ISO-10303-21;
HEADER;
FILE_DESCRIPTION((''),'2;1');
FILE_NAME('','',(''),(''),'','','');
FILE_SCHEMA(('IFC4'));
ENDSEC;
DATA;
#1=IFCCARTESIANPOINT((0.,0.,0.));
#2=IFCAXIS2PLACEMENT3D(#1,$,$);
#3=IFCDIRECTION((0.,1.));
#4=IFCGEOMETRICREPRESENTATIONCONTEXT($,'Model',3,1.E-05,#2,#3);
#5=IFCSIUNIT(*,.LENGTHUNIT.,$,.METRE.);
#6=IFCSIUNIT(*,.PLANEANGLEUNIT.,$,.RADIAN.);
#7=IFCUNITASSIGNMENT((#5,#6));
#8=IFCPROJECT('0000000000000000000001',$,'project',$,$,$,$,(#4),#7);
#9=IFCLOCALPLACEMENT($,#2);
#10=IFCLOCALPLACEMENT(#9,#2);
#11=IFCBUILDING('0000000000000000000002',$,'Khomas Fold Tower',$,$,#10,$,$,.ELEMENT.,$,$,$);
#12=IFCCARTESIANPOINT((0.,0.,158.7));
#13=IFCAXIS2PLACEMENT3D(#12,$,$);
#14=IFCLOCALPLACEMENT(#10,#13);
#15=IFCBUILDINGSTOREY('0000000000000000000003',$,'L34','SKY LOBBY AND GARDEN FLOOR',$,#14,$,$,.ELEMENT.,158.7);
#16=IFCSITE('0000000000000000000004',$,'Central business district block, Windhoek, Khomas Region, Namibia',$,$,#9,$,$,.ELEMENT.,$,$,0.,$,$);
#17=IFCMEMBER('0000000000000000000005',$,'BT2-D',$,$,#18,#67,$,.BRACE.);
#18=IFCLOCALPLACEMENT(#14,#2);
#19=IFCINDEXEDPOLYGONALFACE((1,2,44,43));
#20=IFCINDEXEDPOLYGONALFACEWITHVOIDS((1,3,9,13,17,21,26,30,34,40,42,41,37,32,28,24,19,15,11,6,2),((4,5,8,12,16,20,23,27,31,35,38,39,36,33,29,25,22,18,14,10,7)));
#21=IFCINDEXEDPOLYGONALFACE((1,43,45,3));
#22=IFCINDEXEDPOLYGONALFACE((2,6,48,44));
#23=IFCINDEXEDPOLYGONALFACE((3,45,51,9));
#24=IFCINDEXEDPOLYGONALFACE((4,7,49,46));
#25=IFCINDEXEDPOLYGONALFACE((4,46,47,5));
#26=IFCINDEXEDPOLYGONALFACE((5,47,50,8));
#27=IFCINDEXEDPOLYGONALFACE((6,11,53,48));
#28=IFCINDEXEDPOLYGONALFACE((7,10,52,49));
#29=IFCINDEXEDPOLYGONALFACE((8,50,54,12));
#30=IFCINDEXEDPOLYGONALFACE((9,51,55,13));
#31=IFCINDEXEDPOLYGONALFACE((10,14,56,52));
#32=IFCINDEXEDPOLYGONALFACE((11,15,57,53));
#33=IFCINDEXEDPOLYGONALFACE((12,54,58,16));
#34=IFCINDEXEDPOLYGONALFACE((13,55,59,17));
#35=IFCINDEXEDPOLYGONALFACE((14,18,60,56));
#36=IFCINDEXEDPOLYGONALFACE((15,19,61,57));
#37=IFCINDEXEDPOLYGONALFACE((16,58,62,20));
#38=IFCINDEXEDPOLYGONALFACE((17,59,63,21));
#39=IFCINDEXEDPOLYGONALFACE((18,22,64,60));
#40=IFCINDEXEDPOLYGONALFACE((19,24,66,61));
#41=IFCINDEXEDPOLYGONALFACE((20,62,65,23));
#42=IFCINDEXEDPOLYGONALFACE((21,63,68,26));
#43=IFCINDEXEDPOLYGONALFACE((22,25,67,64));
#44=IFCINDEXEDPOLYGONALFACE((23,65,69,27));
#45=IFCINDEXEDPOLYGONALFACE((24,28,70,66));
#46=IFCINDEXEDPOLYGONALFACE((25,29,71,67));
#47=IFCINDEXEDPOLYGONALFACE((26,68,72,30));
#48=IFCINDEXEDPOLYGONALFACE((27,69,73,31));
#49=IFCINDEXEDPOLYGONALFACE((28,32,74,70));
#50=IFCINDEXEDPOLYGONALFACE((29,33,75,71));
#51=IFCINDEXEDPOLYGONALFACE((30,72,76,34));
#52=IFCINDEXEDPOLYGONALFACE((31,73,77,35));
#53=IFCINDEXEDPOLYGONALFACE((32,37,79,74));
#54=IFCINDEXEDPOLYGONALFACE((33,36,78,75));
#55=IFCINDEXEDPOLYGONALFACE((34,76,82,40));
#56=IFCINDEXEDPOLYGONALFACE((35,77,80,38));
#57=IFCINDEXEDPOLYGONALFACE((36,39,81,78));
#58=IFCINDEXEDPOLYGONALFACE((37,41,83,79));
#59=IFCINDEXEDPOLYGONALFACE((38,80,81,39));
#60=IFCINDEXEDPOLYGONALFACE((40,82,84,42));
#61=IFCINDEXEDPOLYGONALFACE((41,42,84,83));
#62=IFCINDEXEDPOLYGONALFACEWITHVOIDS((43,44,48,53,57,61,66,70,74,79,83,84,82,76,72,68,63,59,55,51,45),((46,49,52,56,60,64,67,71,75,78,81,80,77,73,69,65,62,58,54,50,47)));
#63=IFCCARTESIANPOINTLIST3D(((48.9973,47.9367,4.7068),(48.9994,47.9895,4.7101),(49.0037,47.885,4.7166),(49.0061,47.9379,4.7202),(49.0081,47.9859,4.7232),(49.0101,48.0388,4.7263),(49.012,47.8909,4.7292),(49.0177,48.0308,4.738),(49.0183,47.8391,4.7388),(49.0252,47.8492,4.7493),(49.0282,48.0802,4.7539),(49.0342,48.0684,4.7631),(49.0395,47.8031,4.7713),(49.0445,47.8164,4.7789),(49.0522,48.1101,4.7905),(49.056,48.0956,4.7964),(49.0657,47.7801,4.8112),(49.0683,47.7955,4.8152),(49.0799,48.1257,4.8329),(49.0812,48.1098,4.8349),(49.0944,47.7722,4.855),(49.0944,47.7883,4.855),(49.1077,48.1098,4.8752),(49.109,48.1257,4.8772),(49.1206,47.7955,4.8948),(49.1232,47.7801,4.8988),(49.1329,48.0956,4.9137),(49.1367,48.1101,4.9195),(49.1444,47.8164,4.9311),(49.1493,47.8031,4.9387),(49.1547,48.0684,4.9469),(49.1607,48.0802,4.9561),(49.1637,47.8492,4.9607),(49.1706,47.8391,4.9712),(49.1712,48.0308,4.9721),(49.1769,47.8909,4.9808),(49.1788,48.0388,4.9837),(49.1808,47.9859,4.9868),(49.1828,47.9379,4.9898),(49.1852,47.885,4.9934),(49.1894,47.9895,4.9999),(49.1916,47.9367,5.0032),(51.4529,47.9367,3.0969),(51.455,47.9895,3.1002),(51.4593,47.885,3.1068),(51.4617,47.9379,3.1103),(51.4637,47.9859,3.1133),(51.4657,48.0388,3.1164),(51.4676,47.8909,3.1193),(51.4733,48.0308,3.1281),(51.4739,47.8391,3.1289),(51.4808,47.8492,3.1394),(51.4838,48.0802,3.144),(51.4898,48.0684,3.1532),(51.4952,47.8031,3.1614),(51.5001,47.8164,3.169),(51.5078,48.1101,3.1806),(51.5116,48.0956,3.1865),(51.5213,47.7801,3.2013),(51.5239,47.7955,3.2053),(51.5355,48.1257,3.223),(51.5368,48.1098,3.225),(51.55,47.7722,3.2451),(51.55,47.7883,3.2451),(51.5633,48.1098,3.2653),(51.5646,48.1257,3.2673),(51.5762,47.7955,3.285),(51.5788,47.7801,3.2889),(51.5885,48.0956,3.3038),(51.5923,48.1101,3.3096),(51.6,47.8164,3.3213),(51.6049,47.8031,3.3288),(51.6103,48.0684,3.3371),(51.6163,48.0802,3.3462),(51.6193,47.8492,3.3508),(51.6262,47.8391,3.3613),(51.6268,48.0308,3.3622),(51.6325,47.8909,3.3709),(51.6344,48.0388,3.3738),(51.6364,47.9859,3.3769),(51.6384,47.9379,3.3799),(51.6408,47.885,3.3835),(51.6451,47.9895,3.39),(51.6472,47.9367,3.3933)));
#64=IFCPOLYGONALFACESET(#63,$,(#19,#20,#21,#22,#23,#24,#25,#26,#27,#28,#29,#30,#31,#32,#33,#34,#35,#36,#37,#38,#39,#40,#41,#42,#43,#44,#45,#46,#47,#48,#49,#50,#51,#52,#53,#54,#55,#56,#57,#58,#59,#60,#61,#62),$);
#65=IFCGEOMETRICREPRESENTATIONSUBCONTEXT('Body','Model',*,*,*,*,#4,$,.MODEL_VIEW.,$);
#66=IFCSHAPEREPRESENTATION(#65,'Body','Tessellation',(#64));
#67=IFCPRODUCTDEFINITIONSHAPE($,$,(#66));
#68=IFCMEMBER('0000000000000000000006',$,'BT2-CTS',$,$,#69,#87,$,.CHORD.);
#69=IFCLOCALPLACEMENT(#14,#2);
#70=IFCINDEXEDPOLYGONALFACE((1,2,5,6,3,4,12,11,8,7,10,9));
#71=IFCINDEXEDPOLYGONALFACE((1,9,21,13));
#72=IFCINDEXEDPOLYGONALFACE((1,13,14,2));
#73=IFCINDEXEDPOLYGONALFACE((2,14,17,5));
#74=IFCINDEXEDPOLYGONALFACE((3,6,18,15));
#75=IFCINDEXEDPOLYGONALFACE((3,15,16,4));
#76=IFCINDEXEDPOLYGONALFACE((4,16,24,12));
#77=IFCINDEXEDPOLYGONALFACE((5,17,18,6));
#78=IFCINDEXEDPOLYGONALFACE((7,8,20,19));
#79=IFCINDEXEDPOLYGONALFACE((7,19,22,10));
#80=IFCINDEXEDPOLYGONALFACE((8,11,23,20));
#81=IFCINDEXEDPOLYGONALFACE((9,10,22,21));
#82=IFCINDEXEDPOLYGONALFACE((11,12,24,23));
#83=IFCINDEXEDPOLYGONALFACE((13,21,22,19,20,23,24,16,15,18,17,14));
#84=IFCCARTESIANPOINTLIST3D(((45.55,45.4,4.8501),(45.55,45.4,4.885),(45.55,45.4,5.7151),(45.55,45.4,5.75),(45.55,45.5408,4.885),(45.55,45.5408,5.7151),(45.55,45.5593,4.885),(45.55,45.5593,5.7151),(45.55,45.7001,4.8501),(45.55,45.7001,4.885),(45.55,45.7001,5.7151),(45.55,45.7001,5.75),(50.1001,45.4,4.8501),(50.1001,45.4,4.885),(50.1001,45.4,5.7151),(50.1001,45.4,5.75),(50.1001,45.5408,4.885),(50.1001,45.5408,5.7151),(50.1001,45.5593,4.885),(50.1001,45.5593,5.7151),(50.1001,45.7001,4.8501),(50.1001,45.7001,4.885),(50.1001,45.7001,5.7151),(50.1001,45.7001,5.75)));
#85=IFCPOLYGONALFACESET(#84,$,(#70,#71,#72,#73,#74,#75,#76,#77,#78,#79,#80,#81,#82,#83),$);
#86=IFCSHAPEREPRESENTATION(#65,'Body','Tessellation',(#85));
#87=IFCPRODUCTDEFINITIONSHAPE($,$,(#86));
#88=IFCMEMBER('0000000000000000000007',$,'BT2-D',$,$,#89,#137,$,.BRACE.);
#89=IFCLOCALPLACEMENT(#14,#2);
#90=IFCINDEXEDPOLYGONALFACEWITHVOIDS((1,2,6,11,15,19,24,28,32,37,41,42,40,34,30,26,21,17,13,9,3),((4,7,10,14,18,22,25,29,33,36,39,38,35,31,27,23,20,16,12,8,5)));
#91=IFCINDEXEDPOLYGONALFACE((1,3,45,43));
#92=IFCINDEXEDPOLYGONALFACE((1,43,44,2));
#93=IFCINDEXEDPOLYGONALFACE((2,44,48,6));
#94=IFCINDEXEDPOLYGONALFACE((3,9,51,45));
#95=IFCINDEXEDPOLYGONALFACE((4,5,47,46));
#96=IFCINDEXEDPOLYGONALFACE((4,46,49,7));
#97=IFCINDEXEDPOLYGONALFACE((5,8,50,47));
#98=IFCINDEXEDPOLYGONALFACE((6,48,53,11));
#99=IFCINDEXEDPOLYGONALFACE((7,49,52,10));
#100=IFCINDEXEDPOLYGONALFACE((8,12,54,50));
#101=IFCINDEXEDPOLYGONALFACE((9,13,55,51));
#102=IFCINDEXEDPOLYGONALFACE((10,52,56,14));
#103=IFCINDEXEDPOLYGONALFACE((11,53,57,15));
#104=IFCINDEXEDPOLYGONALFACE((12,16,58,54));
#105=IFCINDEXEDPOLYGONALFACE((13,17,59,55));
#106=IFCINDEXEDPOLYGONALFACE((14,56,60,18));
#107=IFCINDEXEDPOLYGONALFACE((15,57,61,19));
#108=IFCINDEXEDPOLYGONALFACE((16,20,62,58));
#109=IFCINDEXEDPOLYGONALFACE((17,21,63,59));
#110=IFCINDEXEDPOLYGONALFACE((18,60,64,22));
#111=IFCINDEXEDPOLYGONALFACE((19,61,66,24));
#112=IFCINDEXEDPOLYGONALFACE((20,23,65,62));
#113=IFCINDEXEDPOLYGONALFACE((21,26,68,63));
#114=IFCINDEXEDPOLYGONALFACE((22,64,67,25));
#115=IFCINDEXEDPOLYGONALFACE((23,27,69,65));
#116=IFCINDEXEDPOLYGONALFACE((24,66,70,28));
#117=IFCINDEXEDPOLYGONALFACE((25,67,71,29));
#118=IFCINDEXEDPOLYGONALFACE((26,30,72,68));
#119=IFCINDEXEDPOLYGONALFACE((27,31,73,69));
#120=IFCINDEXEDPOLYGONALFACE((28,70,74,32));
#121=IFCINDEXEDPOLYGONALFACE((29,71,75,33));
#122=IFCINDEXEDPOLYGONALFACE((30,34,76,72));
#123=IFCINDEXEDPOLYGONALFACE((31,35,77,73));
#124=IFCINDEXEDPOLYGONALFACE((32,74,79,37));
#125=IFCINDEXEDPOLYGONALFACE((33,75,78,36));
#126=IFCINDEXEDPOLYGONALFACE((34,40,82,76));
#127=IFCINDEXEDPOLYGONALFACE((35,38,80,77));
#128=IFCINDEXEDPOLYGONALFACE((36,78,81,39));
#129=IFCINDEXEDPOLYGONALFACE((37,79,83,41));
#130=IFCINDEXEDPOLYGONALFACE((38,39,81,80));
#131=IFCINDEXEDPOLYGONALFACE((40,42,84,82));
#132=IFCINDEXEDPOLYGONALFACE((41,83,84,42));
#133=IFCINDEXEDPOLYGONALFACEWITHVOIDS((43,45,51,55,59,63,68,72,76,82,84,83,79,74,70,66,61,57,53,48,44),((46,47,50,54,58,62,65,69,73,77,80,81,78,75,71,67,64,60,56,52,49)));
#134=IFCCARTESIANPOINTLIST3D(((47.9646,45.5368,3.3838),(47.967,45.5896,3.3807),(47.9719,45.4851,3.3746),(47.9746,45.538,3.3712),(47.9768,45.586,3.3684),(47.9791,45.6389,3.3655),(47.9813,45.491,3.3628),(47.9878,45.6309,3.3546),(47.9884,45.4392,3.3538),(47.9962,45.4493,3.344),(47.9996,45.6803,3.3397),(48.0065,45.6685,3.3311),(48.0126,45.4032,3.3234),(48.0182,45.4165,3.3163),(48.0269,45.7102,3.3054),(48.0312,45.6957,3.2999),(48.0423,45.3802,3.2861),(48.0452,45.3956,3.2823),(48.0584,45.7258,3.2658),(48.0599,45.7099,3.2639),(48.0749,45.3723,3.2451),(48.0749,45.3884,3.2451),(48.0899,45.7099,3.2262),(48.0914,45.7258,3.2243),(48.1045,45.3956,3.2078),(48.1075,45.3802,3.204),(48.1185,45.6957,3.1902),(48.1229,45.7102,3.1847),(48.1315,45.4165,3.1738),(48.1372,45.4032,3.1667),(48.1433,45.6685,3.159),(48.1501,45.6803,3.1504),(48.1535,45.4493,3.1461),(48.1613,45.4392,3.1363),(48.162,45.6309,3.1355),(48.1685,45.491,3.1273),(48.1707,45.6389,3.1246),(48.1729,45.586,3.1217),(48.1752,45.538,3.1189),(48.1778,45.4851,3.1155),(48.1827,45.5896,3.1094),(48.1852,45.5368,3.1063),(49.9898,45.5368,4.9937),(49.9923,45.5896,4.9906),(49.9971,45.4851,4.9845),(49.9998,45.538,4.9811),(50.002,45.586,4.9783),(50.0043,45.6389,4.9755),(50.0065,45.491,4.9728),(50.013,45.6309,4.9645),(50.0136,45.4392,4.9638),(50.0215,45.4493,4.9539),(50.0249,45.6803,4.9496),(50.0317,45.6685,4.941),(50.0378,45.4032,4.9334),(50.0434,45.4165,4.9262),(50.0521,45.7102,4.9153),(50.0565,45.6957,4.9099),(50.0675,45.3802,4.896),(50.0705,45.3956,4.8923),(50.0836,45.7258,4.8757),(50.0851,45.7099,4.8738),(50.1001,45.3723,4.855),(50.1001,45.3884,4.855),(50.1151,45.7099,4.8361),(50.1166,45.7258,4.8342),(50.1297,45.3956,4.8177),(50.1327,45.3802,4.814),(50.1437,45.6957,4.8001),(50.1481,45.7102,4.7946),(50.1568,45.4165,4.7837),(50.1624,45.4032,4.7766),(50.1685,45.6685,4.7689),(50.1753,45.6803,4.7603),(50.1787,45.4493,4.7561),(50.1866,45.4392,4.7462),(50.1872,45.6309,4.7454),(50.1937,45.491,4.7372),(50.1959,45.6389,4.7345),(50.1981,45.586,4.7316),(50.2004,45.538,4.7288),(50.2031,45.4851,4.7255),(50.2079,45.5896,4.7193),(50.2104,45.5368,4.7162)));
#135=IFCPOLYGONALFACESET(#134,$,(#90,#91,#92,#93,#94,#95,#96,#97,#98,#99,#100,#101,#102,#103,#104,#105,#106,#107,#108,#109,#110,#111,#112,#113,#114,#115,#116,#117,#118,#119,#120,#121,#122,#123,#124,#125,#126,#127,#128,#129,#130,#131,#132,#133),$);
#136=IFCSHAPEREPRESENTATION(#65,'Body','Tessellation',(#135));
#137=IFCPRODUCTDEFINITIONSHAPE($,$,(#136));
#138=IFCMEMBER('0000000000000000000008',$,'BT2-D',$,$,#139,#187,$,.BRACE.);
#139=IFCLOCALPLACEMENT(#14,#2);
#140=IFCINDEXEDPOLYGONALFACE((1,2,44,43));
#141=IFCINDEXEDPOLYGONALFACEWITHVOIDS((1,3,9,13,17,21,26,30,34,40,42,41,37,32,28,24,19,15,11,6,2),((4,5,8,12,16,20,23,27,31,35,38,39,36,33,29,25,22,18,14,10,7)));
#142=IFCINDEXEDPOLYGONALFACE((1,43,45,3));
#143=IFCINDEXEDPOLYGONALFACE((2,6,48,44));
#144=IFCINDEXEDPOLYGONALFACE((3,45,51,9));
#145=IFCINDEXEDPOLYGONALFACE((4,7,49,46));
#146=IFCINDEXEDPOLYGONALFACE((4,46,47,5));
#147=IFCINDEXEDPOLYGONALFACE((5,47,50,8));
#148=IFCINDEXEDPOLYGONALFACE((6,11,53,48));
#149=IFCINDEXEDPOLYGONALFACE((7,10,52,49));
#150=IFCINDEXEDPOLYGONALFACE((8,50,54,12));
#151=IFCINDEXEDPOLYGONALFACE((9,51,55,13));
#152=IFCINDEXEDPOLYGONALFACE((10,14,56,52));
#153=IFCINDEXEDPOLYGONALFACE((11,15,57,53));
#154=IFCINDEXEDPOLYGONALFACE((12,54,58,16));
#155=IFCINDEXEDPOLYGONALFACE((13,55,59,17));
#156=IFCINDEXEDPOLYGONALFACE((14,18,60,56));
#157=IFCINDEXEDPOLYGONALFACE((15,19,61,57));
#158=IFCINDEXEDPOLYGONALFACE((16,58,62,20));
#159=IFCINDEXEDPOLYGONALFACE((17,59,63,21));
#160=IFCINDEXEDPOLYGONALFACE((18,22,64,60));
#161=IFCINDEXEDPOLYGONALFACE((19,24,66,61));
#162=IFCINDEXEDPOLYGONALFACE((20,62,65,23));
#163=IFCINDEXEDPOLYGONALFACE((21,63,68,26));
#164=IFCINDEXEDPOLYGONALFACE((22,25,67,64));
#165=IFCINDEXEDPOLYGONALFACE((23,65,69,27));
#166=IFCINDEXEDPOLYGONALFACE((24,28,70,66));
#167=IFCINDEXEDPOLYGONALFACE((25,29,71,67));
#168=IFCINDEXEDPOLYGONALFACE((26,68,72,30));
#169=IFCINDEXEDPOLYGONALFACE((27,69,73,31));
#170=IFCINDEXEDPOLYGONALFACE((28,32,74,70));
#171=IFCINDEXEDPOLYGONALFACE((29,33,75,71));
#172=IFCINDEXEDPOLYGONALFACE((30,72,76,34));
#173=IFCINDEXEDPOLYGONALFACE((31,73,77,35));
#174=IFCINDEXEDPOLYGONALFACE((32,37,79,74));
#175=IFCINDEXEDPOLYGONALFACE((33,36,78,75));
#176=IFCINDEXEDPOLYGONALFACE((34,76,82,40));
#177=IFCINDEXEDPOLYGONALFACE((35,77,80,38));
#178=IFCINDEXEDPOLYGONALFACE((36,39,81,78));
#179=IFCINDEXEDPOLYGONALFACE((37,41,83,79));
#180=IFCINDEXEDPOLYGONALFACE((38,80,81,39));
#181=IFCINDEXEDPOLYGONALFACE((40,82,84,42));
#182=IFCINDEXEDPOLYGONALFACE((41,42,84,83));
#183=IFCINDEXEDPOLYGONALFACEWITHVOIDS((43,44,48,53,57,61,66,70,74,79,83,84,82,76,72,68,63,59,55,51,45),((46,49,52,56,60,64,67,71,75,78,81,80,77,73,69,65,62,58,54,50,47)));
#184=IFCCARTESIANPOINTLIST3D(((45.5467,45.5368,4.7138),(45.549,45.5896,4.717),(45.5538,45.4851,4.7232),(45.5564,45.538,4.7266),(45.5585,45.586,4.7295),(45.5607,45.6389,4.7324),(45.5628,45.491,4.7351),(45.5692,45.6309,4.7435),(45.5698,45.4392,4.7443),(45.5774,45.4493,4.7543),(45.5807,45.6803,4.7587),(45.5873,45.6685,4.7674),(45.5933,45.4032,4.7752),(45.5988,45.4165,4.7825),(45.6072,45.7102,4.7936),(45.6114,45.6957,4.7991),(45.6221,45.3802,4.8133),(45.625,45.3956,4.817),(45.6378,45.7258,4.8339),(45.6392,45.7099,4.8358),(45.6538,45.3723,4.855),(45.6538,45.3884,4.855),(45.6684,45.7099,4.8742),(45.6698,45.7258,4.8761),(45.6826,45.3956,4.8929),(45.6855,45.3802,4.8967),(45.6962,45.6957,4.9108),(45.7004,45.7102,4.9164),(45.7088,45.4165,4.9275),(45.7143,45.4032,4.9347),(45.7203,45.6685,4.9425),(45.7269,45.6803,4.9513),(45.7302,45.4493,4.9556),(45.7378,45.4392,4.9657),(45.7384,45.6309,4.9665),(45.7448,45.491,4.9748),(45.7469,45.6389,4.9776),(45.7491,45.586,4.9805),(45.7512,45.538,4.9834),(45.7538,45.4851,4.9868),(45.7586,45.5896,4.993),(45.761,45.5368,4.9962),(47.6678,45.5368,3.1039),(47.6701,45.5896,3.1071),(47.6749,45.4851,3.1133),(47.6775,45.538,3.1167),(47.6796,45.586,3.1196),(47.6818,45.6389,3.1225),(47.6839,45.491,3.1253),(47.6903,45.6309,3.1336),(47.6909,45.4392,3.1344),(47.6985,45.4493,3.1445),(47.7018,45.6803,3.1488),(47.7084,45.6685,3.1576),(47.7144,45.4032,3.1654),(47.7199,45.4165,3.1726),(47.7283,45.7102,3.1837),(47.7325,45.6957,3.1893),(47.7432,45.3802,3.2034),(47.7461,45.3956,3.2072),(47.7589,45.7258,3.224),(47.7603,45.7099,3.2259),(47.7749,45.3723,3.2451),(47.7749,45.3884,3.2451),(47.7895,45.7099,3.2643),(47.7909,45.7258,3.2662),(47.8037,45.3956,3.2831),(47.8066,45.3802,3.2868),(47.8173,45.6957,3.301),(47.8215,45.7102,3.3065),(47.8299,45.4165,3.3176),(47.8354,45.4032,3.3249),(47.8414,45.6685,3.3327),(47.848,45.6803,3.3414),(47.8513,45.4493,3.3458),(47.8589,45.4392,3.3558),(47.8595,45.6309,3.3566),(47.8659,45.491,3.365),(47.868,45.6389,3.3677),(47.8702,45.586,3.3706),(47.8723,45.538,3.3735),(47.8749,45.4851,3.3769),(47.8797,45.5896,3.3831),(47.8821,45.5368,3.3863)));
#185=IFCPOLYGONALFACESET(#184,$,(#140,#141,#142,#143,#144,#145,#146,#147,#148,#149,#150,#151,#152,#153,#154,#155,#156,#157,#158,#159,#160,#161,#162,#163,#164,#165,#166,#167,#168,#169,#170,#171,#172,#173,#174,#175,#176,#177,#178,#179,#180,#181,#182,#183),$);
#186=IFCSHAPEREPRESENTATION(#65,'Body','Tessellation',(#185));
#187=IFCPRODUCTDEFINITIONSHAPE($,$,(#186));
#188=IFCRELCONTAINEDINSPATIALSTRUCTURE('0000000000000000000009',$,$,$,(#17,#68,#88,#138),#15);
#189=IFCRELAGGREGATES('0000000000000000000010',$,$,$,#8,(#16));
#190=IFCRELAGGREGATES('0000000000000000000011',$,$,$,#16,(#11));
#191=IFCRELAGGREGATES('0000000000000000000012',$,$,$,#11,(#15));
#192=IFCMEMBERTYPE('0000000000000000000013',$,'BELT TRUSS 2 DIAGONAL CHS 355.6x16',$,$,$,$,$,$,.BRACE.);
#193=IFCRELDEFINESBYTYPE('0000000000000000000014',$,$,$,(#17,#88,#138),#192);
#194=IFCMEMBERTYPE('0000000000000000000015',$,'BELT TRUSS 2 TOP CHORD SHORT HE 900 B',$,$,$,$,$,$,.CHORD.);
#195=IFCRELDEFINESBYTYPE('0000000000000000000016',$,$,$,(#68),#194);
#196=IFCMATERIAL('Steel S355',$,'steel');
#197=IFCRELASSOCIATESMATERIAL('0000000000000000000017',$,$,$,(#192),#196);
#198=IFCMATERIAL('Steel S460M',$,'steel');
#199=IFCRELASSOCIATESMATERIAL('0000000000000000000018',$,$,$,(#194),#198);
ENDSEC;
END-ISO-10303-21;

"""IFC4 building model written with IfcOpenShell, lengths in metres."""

from ifc_helpers import new_model, si_unit, direction, frame, origin, origin_2d, place, context, subcontext, project, spatial, hollow_circle, i_section, extrude, source, transform, mapped, material, material_profile, profile_set, type_object, element, save


model = new_model("IFC4")

# Units and contexts
model_context = context("Model", 3, precision=1e-05, world=origin(), true_north=direction((0.0, 1.0)))
body_context = subcontext(model_context, "Body", "Model", "MODEL_VIEW")
ifc_project = project(units=[si_unit("LENGTHUNIT", "METRE"), si_unit("PLANEANGLEUNIT", "RADIAN")], contexts=[model_context])

# Site, building, storey
site_placement = place(None, origin())
site = spatial("IfcSite", under=ifc_project, at=site_placement, Name="Central business district block, Windhoek, Khomas Region, Namibia", CompositionType="ELEMENT", RefElevation=0.0)
building_placement = place(site_placement, origin())
building = spatial("IfcBuilding", under=site, at=building_placement, Name="Khomas Fold Tower", CompositionType="ELEMENT")
storey_placement = place(building_placement, frame((0.0, 0.0, 158.7)))
storey = spatial("IfcBuildingStorey", under=building, at=storey_placement, Name="L34", Description="SKY LOBBY AND GARDEN FLOOR", CompositionType="ELEMENT", Elevation=158.7)

# Members
ifc_material_1 = material(Name="Steel S355", Category="steel")
ifc_material_profile_1 = material_profile(ifc_material_1, hollow_circle(Radius=0.1777, WallThickness=0.0161, at=origin_2d()), Name="CHS 355.6x16")
ifc_profile_set_1 = profile_set([ifc_material_profile_1], Name="Steel S355")
member_type_1 = type_object("IfcMemberType", Name="BELT TRUSS 2 DIAGONAL CHS 355.6x16", PredefinedType="BRACE", material=ifc_profile_set_1)
shared_shape_1 = source(origin(), body_context, "Body", "SweptSolid", [
    extrude(hollow_circle(Radius=0.1777, WallThickness=0.0161, at=origin_2d()), origin(), (0.0, 0.0, 1.0), 2.9363),
])
member_1_placement = place(storey_placement, frame((51.55, 47.95, 3.2451), z_axis=(-0.836298, 0.0, 0.548275), x_axis=(0.0, -1.0, 0.0)))
element("IfcMember", 1, at=member_1_placement, inside=storey, type_object=member_type_1, Name="BT2-D", PredefinedType="BRACE", context=body_context, shape_type="MappedRepresentation", body=[
    mapped(shared_shape_1, transform((0.0, 0.0, 0.0))),
])
ifc_material_2 = material(Name="Steel S460M", Category="steel")
ifc_material_profile_2 = material_profile(ifc_material_2, i_section(OverallWidth=0.3, OverallDepth=0.8999, WebThickness=0.0186, FlangeThickness=0.0349, at=origin_2d()), Name="HE 900 B")
ifc_profile_set_2 = profile_set([ifc_material_profile_2], Name="Steel S460M")
member_type_2 = type_object("IfcMemberType", Name="BELT TRUSS 2 TOP CHORD SHORT HE 900 B", PredefinedType="CHORD", material=ifc_profile_set_2)
shared_shape_2 = source(origin(), body_context, "Body", "SweptSolid", [
    extrude(i_section(OverallWidth=0.3, OverallDepth=0.8999, WebThickness=0.0186, FlangeThickness=0.0349, at=origin_2d()), origin(), (0.0, 0.0, 1.0), 4.55),
])
member_2_placement = place(storey_placement, frame((50.1001, 45.55, 5.3), z_axis=(-1.0, 0.0, 0.0), x_axis=(0.0, -1.0, 0.0)))
element("IfcMember", 2, at=member_2_placement, inside=storey, type_object=member_type_2, Name="BT2-CTS", PredefinedType="CHORD", context=body_context, shape_type="MappedRepresentation", body=[
    mapped(shared_shape_2, transform((0.0, 0.0, 0.0))),
])
shared_shape_3 = source(origin(), body_context, "Body", "SweptSolid", [
    extrude(hollow_circle(Radius=0.1777, WallThickness=0.0161, at=origin_2d()), origin(), (0.0, 0.0, 1.0), 2.5872),
])
member_3_placement = place(storey_placement, frame((50.1001, 45.55, 4.855), z_axis=(-0.782799, 0.0, -0.622275), x_axis=(0.0, -1.0, 0.0)))
element("IfcMember", 3, at=member_3_placement, inside=storey, type_object=member_type_1, Name="BT2-D", PredefinedType="BRACE", context=body_context, shape_type="MappedRepresentation", body=[
    mapped(shared_shape_3, transform((0.0, 0.0, 0.0))),
])
shared_shape_4 = source(origin(), body_context, "Body", "SweptSolid", [
    extrude(hollow_circle(Radius=0.1777, WallThickness=0.0161, at=origin_2d()), origin(), (0.0, 0.0, 1.0), 2.6628),
])
member_4_placement = place(storey_placement, frame((47.7749, 45.55, 3.2451), z_axis=(-0.796554, 0.0, 0.604567), x_axis=(0.0, -1.0, 0.0)))
element("IfcMember", 4, at=member_4_placement, inside=storey, type_object=member_type_1, Name="BT2-D", PredefinedType="BRACE", context=body_context, shape_type="MappedRepresentation", body=[
    mapped(shared_shape_4, transform((0.0, 0.0, 0.0))),
])

save(model, "model.ifc")
